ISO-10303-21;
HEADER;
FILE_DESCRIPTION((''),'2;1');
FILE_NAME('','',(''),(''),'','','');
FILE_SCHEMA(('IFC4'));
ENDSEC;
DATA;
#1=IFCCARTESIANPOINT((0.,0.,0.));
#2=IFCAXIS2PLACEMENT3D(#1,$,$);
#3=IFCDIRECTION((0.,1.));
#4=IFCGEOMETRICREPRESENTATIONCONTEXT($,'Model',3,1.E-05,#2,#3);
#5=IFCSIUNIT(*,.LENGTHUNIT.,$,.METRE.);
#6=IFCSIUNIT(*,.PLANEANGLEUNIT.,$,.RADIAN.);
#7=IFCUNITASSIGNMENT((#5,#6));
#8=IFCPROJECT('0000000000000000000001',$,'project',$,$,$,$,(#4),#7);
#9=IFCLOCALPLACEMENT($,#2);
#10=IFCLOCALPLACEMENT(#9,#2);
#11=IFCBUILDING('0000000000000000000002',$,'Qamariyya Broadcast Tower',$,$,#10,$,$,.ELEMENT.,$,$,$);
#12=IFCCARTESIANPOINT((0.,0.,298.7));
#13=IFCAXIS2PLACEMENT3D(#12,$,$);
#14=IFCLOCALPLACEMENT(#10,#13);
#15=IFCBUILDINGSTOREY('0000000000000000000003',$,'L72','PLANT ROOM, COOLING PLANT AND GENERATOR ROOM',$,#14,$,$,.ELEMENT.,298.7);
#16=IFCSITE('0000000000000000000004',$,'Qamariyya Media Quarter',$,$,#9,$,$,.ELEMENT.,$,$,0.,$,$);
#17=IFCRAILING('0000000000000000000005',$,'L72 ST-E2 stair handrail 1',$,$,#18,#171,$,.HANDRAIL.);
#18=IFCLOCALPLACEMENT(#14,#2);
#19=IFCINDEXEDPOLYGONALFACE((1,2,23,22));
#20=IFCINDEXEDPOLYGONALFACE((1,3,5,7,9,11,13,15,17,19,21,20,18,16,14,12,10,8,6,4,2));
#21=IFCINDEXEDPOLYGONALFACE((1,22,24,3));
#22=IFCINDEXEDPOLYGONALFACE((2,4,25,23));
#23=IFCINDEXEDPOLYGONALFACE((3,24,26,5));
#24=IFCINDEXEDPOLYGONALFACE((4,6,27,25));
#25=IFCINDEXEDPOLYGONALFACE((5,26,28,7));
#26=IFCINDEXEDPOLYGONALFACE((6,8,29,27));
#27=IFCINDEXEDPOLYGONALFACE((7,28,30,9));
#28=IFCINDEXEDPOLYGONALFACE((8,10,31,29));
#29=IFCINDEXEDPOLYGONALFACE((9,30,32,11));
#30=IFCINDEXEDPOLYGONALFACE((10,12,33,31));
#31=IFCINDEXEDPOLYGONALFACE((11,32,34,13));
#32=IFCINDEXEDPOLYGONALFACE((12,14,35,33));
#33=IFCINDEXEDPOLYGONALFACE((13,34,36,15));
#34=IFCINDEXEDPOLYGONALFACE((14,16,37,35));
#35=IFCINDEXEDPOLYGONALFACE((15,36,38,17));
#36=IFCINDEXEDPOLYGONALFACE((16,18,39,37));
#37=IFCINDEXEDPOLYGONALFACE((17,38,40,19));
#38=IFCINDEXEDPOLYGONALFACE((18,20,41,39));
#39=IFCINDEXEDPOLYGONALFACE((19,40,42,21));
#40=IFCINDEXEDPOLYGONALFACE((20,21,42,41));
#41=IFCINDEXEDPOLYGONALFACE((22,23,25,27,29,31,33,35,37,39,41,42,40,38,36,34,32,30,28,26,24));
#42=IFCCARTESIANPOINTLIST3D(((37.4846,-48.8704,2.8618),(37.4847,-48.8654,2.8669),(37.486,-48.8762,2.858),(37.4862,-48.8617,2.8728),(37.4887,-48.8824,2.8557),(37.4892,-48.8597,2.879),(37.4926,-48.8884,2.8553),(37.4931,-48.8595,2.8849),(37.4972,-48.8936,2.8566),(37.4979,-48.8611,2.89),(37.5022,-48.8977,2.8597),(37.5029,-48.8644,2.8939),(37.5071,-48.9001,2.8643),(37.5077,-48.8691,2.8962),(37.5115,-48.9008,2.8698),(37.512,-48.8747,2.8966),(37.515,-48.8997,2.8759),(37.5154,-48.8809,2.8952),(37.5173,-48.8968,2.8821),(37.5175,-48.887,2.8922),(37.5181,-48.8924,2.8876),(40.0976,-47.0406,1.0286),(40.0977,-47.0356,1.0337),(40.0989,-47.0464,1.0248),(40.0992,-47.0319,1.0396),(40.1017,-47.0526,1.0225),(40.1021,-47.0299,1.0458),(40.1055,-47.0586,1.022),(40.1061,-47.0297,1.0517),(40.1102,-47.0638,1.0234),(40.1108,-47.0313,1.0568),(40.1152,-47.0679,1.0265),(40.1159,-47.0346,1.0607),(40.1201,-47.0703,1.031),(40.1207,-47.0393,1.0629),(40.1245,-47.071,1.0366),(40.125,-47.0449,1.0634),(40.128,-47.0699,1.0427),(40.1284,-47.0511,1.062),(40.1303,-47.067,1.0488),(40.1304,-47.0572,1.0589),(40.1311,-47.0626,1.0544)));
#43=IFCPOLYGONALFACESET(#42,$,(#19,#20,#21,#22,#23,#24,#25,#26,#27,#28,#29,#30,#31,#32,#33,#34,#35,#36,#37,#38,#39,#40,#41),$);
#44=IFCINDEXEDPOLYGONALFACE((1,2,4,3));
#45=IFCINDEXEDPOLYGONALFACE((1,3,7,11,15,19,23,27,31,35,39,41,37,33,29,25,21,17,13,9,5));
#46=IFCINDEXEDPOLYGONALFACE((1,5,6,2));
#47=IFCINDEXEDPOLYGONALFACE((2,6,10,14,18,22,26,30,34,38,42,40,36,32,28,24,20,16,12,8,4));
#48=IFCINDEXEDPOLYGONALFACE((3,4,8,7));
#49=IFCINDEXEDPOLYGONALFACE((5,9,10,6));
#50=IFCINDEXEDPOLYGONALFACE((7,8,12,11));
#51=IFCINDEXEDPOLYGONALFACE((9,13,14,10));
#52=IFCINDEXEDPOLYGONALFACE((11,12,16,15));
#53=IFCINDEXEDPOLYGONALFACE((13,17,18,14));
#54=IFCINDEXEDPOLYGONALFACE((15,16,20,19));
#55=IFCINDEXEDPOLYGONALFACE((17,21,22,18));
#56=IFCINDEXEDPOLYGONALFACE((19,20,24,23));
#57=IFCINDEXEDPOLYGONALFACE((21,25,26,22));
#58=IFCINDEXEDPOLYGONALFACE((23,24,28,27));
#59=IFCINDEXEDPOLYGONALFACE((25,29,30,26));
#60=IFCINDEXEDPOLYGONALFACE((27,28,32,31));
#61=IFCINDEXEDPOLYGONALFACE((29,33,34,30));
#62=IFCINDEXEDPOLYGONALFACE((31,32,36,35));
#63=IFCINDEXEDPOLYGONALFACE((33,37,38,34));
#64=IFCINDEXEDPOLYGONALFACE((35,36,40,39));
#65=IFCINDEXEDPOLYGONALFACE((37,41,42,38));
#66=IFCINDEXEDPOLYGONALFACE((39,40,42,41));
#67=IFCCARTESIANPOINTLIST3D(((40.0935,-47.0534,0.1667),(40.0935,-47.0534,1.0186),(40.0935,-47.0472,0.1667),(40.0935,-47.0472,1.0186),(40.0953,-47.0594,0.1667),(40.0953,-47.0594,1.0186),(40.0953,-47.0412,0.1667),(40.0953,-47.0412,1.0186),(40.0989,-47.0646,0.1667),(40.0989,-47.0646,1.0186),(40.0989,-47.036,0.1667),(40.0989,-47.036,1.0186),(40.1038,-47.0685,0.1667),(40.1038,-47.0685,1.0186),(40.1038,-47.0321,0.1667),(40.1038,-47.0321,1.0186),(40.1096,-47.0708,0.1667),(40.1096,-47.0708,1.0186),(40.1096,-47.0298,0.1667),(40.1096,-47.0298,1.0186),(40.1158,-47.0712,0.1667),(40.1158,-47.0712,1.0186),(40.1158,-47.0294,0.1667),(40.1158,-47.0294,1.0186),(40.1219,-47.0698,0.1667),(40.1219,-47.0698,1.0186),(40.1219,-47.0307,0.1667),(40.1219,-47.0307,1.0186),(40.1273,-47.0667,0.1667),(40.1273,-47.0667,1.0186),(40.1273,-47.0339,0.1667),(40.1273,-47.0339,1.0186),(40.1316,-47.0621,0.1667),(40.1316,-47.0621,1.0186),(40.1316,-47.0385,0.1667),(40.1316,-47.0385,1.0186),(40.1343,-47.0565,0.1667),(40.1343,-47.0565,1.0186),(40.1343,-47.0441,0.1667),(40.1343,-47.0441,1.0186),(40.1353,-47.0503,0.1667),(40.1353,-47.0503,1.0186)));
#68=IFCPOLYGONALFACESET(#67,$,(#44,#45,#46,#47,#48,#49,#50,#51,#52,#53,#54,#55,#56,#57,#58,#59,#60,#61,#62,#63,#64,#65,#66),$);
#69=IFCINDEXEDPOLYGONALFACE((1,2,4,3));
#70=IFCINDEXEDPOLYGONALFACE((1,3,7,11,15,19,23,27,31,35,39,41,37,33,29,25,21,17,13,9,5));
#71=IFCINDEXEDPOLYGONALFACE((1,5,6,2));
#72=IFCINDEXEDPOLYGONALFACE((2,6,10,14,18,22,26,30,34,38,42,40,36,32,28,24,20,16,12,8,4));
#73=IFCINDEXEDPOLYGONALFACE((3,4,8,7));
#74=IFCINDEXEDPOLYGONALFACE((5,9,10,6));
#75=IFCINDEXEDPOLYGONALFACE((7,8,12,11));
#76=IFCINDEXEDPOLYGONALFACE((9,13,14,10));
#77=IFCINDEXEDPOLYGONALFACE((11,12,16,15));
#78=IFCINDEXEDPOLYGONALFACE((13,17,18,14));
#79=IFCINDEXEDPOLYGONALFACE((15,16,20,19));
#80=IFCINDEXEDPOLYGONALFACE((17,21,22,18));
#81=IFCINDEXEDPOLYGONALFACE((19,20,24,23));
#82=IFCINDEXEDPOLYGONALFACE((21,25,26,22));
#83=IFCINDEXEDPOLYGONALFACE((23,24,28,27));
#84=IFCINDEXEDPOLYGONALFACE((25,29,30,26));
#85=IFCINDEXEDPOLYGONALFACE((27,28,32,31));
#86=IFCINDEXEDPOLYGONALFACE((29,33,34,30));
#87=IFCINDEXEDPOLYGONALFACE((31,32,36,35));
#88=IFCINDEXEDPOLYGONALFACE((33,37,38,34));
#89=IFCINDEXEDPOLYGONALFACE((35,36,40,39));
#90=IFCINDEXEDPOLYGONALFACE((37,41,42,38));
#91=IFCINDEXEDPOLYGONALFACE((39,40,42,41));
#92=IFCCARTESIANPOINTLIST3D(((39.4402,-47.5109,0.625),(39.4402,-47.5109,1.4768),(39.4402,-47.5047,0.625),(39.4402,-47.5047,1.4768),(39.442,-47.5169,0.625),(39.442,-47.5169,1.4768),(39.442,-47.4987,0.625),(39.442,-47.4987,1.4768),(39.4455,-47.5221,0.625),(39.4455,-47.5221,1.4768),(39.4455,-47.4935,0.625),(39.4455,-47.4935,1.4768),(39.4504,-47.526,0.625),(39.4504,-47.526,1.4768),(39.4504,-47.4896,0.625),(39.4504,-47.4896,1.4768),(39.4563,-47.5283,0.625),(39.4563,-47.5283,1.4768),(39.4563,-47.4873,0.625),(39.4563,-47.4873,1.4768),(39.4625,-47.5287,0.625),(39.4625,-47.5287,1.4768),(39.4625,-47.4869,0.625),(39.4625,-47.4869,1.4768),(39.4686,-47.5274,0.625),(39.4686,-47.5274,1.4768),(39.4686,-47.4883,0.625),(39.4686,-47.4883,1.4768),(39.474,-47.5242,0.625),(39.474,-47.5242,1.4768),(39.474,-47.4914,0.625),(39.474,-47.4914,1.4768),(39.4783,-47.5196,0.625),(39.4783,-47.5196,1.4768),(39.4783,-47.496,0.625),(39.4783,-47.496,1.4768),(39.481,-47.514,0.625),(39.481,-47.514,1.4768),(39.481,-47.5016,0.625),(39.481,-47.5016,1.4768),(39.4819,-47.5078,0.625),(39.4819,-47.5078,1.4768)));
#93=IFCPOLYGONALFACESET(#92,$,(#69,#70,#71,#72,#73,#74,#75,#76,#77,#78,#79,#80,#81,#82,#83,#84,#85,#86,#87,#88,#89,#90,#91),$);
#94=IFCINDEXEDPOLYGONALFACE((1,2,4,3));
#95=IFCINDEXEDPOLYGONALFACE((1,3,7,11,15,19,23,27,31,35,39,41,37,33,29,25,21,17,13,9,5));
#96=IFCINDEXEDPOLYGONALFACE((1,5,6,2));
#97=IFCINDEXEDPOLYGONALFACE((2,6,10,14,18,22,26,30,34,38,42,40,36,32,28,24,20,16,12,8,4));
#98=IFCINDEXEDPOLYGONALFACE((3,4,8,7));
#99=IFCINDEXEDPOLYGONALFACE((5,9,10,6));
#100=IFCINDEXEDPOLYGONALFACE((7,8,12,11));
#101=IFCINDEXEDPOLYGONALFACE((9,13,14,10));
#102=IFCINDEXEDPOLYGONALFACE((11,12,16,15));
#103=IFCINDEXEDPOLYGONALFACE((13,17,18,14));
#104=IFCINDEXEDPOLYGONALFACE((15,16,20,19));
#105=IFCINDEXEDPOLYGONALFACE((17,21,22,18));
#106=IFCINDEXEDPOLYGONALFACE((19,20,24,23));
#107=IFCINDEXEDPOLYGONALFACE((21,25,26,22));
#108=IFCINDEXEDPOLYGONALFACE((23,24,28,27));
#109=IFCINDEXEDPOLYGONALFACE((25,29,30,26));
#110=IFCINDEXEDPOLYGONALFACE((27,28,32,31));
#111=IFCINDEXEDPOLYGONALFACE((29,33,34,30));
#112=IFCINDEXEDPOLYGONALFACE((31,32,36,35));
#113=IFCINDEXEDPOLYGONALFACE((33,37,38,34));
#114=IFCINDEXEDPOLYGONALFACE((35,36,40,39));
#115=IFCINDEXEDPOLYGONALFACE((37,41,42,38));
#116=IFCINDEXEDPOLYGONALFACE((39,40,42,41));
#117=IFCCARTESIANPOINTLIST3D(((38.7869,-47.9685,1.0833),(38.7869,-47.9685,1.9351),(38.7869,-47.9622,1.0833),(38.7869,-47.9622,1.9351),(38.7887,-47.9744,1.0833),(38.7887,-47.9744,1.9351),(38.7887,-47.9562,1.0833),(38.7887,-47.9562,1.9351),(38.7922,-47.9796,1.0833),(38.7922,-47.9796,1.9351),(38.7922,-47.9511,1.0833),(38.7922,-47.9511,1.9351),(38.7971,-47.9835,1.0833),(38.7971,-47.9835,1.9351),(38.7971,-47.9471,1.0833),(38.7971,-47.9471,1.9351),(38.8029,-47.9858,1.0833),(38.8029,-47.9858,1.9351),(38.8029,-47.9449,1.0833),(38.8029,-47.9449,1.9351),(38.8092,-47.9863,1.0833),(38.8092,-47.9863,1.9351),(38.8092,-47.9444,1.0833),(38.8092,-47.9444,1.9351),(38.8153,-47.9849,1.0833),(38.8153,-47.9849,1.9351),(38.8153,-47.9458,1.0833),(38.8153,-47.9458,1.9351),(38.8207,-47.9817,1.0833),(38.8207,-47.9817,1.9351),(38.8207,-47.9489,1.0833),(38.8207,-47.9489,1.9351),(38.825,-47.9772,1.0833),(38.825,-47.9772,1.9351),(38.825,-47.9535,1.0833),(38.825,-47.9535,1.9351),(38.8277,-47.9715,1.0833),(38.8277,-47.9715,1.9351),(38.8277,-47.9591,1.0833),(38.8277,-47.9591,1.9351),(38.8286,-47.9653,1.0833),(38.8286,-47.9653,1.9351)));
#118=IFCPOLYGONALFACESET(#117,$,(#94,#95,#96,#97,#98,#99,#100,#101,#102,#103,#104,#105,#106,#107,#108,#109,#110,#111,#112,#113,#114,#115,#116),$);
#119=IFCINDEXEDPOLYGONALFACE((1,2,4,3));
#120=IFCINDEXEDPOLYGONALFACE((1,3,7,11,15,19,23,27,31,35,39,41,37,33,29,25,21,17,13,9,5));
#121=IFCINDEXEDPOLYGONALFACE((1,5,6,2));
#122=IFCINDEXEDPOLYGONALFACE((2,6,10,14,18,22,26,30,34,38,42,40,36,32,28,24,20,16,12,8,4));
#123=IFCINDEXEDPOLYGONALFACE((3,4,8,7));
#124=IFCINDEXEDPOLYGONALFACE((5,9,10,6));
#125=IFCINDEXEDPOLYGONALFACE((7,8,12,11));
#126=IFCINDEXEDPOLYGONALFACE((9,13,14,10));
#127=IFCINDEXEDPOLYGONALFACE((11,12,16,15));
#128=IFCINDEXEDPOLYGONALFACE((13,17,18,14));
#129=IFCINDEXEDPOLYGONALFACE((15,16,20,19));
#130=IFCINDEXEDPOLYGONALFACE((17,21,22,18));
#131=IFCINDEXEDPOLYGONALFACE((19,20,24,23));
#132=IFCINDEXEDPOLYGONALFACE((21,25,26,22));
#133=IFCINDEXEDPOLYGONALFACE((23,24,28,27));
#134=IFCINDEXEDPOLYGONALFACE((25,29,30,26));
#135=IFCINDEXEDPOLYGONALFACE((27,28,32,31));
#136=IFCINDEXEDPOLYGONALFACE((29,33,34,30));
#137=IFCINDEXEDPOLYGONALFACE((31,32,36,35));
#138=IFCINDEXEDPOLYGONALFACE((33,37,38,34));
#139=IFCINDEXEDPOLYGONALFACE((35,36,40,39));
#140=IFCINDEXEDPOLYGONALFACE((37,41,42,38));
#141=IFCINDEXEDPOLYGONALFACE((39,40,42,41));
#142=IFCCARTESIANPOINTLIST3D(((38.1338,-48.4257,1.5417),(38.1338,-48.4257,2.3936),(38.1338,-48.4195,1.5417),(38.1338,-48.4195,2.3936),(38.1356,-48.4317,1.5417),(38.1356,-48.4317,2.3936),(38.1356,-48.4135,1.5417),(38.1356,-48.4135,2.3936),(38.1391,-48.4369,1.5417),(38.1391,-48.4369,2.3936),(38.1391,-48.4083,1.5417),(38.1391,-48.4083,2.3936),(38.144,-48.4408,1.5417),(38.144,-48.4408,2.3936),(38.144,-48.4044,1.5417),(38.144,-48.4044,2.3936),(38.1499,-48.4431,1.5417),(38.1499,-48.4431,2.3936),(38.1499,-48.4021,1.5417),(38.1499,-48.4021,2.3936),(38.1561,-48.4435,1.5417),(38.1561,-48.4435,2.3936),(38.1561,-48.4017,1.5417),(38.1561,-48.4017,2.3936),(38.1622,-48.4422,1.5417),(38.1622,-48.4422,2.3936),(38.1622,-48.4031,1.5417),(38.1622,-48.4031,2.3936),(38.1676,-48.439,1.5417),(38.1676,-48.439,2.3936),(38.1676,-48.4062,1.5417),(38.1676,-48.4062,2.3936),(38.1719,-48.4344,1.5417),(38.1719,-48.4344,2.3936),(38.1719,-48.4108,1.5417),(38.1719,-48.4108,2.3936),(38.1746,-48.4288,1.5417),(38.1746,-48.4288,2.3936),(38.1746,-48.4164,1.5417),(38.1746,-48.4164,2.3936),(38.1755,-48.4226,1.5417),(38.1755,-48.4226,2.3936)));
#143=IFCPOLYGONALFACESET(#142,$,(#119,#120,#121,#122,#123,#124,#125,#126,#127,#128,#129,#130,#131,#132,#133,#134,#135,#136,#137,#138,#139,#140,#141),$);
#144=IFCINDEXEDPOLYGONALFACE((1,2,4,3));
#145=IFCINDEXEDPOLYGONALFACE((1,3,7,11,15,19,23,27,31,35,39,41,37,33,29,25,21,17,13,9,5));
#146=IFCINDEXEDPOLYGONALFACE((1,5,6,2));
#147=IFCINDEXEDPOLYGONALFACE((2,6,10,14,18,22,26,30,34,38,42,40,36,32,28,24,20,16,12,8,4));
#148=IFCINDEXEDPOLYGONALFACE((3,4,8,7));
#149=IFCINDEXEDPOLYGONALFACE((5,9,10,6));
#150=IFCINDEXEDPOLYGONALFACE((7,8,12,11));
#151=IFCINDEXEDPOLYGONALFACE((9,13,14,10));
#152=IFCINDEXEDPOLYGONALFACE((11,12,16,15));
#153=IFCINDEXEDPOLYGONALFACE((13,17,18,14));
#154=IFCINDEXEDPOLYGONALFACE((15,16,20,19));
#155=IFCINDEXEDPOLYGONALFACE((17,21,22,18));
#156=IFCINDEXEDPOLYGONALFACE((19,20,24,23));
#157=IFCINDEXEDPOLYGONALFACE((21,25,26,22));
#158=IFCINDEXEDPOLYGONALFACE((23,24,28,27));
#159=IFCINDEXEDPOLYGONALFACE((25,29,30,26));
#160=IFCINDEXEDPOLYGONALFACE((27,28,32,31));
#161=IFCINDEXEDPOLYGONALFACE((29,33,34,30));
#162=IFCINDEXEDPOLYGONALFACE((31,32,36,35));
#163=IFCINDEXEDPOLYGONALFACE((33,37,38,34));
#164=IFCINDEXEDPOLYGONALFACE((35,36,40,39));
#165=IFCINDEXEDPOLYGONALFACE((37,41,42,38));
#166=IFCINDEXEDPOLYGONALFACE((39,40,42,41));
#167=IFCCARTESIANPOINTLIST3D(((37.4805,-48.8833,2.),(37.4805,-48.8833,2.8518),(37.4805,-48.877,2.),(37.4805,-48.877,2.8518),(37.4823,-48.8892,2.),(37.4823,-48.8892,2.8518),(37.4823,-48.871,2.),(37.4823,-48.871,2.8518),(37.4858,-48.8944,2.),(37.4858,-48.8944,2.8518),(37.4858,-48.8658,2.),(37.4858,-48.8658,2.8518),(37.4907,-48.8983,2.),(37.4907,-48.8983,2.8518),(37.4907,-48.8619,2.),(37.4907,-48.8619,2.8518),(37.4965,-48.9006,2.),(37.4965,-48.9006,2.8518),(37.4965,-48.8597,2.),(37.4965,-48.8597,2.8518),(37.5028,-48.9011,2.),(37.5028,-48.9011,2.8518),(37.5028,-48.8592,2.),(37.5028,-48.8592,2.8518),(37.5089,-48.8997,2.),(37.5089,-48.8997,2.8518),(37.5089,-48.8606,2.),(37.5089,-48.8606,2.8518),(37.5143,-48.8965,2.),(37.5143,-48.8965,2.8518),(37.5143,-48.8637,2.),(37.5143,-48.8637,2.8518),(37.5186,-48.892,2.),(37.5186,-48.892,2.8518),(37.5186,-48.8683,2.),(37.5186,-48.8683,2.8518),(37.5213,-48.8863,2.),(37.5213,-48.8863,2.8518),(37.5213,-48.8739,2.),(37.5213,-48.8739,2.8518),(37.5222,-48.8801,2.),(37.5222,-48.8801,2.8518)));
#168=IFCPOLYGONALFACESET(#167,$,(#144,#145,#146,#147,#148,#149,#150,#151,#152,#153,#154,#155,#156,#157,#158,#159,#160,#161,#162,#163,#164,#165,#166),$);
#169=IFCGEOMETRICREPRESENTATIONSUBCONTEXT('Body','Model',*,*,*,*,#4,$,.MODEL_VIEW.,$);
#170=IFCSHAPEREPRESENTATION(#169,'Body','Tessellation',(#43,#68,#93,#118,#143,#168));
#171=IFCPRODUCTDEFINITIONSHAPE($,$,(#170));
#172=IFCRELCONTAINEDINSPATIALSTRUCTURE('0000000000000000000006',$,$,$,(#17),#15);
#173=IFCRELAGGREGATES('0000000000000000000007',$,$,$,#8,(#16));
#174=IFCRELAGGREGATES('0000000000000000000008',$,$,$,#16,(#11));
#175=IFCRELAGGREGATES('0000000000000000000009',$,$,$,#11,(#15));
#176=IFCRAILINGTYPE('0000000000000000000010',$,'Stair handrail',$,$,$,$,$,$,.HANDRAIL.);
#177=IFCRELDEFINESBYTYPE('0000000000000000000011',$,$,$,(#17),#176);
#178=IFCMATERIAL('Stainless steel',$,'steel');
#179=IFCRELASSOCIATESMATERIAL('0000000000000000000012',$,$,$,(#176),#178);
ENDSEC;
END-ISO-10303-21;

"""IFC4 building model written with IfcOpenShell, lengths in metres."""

from ifc_helpers import new_model, si_unit, direction, frame, origin, origin_2d, place, context, subcontext, project, spatial, circle, extrude, material, type_object, element, save


model = new_model("IFC4")

# Units and contexts
model_context = context("Model", 3, precision=1e-05, world=origin(), true_north=direction((0.0, 1.0)))
body_context = subcontext(model_context, "Body", "Model", "MODEL_VIEW")
ifc_project = project(units=[si_unit("LENGTHUNIT", "METRE"), si_unit("PLANEANGLEUNIT", "RADIAN")], contexts=[model_context])

# Site, building, storey
site_placement = place(None, origin())
site = spatial("IfcSite", under=ifc_project, at=site_placement, Name="Qamariyya Media Quarter", CompositionType="ELEMENT", RefElevation=0.0)
building_placement = place(site_placement, origin())
building = spatial("IfcBuilding", under=site, at=building_placement, Name="Qamariyya Broadcast Tower", CompositionType="ELEMENT")
storey_placement = place(building_placement, frame((0.0, 0.0, 298.7)))
storey = spatial("IfcBuildingStorey", under=building, at=storey_placement, Name="L72", Description="PLANT ROOM, COOLING PLANT AND GENERATOR ROOM", CompositionType="ELEMENT", Elevation=298.7)

# Railing
ifc_material_1 = material(Name="Stainless steel", Category="steel")
railing_type_1 = type_object("IfcRailingType", Name="Stair handrail", PredefinedType="HANDRAIL", material=ifc_material_1)
railing_1_placement = place(storey_placement, frame((40.1143, -47.0503, 0.1667)))
element("IfcRailing", 1, at=railing_1_placement, inside=storey, type_object=railing_type_1, Name="L72 ST-E2 stair handrail 1", PredefinedType="HANDRAIL", context=body_context, shape_type="SweptSolid", body=[
    extrude(circle(Radius=0.0239, at=origin_2d()), frame((0.0, 0.0, 0.876), z_axis=(-0.710204, -0.497335, 0.498264), x_axis=(0.573611, -0.819128, 0.0)), (0.0, 0.0, 1.0), 3.6792),
    extrude(circle(Radius=0.021, at=origin_2d()), origin(), (0.0, 0.0, 1.0), 0.8518),
    extrude(circle(Radius=0.021, at=origin_2d()), frame((-0.6533, -0.4575, 0.4583)), (0.0, 0.0, 1.0), 0.8518),
    extrude(circle(Radius=0.021, at=origin_2d()), frame((-1.3066, -0.915, 0.9165)), (0.0, 0.0, 1.0), 0.8518),
    extrude(circle(Radius=0.021, at=origin_2d()), frame((-1.9597, -1.3723, 1.375)), (0.0, 0.0, 1.0), 0.8518),
    extrude(circle(Radius=0.021, at=origin_2d()), frame((-2.613, -1.8298, 1.8333)), (0.0, 0.0, 1.0), 0.8518),
])

save(model, "model.ifc")
